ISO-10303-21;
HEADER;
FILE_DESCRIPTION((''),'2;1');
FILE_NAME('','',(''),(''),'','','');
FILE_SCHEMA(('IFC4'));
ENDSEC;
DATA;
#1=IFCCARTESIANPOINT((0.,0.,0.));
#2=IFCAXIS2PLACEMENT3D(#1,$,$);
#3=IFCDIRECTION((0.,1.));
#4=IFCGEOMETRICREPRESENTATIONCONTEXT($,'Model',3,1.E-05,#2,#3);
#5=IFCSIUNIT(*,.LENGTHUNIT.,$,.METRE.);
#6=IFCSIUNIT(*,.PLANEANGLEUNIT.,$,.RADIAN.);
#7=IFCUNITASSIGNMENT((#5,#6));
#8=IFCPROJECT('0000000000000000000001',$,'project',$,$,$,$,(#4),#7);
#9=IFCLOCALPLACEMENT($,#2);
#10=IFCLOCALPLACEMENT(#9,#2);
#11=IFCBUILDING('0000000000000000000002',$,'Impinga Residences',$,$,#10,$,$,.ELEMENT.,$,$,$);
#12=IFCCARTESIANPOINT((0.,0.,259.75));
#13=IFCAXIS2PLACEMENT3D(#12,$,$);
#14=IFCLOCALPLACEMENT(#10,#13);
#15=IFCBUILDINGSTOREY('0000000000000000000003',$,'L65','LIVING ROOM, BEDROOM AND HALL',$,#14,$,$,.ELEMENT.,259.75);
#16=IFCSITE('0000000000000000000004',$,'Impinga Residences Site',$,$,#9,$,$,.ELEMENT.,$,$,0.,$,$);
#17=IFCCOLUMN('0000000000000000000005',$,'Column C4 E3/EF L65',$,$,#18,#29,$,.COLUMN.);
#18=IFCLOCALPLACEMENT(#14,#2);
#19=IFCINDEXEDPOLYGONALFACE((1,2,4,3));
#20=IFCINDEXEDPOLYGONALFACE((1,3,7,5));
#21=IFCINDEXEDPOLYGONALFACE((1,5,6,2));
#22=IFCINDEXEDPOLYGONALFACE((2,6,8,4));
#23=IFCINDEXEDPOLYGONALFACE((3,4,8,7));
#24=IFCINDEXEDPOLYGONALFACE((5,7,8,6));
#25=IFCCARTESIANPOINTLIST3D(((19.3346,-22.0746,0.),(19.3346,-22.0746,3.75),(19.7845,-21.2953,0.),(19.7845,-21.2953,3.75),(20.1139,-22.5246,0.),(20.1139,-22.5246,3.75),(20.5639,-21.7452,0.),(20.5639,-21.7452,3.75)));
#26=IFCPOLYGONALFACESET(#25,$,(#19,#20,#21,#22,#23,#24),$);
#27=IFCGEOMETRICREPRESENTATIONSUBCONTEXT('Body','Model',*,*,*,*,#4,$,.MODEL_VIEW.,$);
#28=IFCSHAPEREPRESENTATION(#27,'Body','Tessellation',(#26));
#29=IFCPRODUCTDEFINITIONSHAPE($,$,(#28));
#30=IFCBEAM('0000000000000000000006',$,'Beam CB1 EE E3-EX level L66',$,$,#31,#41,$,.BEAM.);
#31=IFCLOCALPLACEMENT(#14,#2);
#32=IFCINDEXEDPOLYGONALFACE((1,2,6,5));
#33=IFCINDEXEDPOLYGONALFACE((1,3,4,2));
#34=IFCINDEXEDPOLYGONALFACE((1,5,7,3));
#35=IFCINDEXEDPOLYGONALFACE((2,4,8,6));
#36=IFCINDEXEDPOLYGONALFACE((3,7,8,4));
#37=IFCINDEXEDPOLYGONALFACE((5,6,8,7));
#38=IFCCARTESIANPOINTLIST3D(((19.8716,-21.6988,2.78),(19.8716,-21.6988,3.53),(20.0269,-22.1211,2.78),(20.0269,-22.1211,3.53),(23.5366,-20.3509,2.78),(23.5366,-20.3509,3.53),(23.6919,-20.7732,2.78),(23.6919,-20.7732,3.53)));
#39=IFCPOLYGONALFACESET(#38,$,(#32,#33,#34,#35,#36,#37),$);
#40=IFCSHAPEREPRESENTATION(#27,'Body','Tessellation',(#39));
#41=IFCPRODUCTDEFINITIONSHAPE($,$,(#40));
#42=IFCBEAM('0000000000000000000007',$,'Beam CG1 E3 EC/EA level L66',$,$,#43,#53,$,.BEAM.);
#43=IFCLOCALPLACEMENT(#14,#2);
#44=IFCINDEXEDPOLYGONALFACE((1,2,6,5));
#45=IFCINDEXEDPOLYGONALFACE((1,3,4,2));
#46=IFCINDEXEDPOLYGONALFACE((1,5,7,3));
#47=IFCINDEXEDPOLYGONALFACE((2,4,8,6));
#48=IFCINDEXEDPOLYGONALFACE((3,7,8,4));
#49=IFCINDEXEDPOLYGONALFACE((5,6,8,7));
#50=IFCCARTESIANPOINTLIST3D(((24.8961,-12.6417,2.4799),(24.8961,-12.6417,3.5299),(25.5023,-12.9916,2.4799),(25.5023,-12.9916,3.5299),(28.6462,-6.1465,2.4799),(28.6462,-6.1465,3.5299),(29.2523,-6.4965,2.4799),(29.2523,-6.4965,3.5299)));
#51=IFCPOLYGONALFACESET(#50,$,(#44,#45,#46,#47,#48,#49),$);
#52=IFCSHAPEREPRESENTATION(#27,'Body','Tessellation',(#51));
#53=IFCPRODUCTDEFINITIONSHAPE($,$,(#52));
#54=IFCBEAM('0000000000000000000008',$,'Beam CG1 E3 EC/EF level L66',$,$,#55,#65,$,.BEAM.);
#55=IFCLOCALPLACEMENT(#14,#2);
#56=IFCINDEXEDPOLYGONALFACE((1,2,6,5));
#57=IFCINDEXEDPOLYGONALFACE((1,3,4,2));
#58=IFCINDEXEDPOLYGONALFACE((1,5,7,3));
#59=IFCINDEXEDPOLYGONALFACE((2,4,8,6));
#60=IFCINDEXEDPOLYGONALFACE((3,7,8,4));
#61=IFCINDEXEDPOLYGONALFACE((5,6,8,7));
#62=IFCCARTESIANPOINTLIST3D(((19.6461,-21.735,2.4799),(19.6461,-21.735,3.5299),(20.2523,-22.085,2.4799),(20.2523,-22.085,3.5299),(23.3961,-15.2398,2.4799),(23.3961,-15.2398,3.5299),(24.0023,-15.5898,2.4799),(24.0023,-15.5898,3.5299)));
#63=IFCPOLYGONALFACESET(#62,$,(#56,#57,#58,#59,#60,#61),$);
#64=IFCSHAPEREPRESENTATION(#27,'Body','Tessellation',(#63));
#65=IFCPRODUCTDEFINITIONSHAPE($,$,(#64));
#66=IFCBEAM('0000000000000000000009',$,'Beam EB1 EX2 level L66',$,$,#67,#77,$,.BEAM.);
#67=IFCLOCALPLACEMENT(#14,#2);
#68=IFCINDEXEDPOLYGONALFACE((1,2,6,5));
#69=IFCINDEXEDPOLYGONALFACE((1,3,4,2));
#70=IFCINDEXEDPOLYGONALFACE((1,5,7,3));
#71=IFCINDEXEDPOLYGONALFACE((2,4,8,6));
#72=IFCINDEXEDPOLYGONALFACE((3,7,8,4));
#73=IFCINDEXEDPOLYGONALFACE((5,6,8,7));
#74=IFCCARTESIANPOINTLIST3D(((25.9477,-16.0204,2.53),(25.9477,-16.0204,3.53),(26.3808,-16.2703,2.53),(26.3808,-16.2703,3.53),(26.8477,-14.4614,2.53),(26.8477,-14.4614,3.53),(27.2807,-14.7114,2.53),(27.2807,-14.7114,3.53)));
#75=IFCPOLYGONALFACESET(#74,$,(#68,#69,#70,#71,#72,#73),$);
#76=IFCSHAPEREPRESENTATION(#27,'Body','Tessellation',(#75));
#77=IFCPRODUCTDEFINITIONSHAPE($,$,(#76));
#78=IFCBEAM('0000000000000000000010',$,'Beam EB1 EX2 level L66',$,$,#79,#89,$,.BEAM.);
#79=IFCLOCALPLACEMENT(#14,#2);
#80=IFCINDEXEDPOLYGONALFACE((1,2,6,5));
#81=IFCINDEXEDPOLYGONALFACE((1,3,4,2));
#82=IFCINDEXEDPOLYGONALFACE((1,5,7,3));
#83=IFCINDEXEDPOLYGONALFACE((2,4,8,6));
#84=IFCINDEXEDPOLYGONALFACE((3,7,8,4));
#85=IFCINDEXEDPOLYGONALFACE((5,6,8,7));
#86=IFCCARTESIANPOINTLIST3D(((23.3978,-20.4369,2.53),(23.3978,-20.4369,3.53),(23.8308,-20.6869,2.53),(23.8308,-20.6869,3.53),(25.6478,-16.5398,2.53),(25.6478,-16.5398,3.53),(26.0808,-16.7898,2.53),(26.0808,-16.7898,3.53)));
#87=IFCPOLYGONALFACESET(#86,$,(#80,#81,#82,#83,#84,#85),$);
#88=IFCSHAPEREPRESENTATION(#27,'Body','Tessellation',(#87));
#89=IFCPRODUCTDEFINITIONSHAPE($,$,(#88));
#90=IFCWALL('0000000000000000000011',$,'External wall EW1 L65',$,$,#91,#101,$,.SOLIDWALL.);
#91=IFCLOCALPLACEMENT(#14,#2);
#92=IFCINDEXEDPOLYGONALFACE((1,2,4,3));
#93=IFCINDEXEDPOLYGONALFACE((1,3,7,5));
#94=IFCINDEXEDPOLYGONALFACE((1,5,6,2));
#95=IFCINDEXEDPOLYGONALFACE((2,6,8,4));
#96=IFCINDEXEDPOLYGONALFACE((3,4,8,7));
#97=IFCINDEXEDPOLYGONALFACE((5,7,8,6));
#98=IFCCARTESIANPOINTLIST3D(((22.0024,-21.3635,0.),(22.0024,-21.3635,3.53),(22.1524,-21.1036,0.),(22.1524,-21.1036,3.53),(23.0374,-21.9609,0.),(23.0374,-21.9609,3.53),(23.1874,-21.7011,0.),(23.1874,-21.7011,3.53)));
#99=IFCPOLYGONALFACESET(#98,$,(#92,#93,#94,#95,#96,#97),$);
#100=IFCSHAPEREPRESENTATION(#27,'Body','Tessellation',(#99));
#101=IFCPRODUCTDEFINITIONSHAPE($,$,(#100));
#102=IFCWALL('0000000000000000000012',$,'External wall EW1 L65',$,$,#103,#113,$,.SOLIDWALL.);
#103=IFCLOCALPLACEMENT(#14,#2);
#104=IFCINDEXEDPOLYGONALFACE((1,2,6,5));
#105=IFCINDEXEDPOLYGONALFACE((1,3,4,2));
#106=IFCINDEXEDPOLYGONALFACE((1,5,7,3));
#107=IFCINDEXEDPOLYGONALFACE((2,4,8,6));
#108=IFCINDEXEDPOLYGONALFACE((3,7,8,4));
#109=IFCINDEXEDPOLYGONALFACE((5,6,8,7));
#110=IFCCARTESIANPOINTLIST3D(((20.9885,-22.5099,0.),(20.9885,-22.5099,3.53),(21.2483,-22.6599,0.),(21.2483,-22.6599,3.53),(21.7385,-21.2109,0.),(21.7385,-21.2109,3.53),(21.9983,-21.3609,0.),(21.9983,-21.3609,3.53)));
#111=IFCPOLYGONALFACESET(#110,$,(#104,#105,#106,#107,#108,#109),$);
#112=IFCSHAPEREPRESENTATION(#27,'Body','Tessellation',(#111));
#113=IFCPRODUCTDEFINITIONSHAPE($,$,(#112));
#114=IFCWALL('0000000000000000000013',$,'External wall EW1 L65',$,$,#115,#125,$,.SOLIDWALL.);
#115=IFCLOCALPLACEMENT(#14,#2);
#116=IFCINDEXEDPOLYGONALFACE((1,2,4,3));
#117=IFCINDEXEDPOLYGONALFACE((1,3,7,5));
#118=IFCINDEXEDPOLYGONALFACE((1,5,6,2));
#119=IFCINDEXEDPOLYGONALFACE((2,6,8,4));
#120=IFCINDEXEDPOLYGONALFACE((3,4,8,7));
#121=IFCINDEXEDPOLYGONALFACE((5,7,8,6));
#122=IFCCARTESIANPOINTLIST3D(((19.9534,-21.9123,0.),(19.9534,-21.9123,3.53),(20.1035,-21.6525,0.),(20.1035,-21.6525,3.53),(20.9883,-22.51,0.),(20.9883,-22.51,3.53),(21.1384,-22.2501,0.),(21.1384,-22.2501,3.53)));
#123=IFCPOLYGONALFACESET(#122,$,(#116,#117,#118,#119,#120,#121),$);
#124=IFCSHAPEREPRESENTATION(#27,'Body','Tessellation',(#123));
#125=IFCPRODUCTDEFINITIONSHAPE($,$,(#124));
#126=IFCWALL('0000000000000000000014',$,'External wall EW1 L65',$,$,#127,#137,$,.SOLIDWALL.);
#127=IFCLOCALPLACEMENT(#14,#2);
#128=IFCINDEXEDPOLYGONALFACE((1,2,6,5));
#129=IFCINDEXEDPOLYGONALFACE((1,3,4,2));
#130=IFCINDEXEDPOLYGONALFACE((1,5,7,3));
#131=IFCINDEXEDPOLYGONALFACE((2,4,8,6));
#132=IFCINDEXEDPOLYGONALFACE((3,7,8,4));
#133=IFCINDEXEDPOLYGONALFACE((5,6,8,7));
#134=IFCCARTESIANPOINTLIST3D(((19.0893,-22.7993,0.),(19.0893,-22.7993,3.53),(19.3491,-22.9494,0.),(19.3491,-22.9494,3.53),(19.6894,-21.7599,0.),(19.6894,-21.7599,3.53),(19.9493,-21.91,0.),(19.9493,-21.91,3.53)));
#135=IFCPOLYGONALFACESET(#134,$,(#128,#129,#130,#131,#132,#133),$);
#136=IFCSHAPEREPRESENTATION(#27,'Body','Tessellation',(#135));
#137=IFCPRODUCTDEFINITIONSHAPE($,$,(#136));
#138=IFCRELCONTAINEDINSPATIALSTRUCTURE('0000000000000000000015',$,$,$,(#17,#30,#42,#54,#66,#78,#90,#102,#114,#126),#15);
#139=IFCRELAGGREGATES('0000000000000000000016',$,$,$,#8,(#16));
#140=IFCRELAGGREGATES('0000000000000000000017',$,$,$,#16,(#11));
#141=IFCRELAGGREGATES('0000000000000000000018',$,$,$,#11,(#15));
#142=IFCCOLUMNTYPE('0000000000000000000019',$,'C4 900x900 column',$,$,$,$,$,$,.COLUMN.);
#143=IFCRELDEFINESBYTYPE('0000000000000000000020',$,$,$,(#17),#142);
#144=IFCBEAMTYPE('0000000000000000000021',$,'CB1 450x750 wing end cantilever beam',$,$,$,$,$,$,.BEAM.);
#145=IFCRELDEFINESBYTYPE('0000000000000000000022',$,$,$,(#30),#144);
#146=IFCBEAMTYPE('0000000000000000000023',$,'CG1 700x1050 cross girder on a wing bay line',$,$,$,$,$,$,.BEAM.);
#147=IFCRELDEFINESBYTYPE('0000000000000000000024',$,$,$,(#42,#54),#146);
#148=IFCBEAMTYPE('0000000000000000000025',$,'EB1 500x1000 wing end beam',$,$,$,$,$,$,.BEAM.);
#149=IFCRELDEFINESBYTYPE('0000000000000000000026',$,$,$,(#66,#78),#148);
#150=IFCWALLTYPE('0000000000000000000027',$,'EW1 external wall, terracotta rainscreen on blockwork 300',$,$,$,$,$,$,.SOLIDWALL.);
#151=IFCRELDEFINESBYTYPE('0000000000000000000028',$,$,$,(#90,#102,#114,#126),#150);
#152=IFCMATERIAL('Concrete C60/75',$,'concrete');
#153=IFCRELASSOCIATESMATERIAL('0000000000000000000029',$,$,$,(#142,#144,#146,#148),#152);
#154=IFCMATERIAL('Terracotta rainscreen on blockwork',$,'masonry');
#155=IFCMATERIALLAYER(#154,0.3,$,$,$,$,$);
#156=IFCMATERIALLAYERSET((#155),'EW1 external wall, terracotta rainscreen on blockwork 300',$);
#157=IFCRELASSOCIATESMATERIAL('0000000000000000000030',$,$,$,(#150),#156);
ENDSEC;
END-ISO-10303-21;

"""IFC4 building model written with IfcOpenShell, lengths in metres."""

from ifc_helpers import new_model, si_unit, direction, frame, frame_2d, origin, origin_2d, place, context, subcontext, project, spatial, rectangle, extrude, material, layer, layer_set, material_profile, profile_set, type_object, element, save


model = new_model("IFC4")

# Units and contexts
model_context = context("Model", 3, precision=1e-05, world=origin(), true_north=direction((0.0, 1.0)))
body_context = subcontext(model_context, "Body", "Model", "MODEL_VIEW")
ifc_project = project(units=[si_unit("LENGTHUNIT", "METRE"), si_unit("PLANEANGLEUNIT", "RADIAN")], contexts=[model_context])

# Site, building, storey
site_placement = place(None, origin())
site = spatial("IfcSite", under=ifc_project, at=site_placement, Name="Impinga Residences Site", CompositionType="ELEMENT", RefElevation=0.0)
building_placement = place(site_placement, origin())
building = spatial("IfcBuilding", under=site, at=building_placement, Name="Impinga Residences", CompositionType="ELEMENT")
storey_placement = place(building_placement, frame((0.0, 0.0, 259.75)))
storey = spatial("IfcBuildingStorey", under=building, at=storey_placement, Name="L65", Description="LIVING ROOM, BEDROOM AND HALL", CompositionType="ELEMENT", Elevation=259.75)

# Column
ifc_material_1 = material(Name="Concrete C60/75", Category="concrete")
ifc_material_profile_1 = material_profile(ifc_material_1, rectangle(XDim=0.8999, YDim=0.8999, at=origin_2d()), Name="RC 900x900")
ifc_profile_set_1 = profile_set([ifc_material_profile_1], Name="Concrete C60/75")
column_type = type_object("IfcColumnType", Name="C4 900x900 column", PredefinedType="COLUMN", material=ifc_profile_set_1)
column_placement = place(storey_placement, frame((19.9492, -21.9099, 0.0), z_axis=(0.0, 0.0, 1.0), x_axis=(-0.5, -0.866025, 0.0)))
element("IfcColumn", 1, at=column_placement, inside=storey, type_object=column_type, Name="Column C4 E3/EF L65", PredefinedType="COLUMN", context=body_context, shape_type="SweptSolid", body=[
    extrude(rectangle(XDim=0.8999, YDim=0.8999, at=origin_2d()), origin(), (0.0, 0.0, 1.0), 3.75),
])

# Beams
ifc_material_profile_2 = material_profile(ifc_material_1, rectangle(XDim=0.45, YDim=0.75, at=origin_2d()), Name="RC 450x750")
ifc_profile_set_2 = profile_set([ifc_material_profile_2], Name="Concrete C60/75")
beam_type_1 = type_object("IfcBeamType", Name="CB1 450x750 wing end cantilever beam", PredefinedType="BEAM", material=ifc_profile_set_2)
beam_1_placement = place(storey_placement, frame((19.9492, -21.9099, 3.155), z_axis=(0.93854, 0.345169, 0.0), x_axis=(-0.345169, 0.93854, 0.0)))
element("IfcBeam", 2, at=beam_1_placement, inside=storey, type_object=beam_type_1, Name="Beam CB1 EE E3-EX level L66", PredefinedType="BEAM", context=body_context, shape_type="SweptSolid", body=[
    extrude(rectangle(XDim=0.45, YDim=0.75, at=origin_2d()), origin(), (0.0, 0.0, 1.0), 3.905),
])
ifc_material_profile_3 = material_profile(ifc_material_1, rectangle(XDim=0.7, YDim=1.05, at=origin_2d()), Name="RC 700x1050")
ifc_profile_set_3 = profile_set([ifc_material_profile_3], Name="Concrete C60/75")
beam_type_2 = type_object("IfcBeamType", Name="CG1 700x1050 cross girder on a wing bay line", PredefinedType="BEAM", material=ifc_profile_set_3)
for number, where, z_axis, x_axis, name in (
    (3, (25.1992, -12.8167, 3.0049), (0.500004, 0.866023, 0.0), (-0.866023, 0.500004, 0.0), "Beam CG1 E3 EC/EA level L66"),
    (4, (23.6992, -15.4148, 3.0049), (-0.500004, -0.866023, 0.0), (0.866023, -0.500004, 0.0), "Beam CG1 E3 EC/EF level L66"),
):
    element("IfcBeam", number, at=place(storey_placement, frame(where, z_axis=z_axis, x_axis=x_axis)), inside=storey, type_object=beam_type_2, Name=name, PredefinedType="BEAM", context=body_context, shape_type="SweptSolid", body=[
        extrude(rectangle(XDim=0.7, YDim=1.05, at=origin_2d()), origin(), (0.0, 0.0, 1.0), 7.5),
    ])
ifc_material_profile_4 = material_profile(ifc_material_1, rectangle(XDim=0.5, YDim=1.0, at=origin_2d()), Name="RC 500x1000")
ifc_profile_set_4 = profile_set([ifc_material_profile_4], Name="Concrete C60/75")
beam_type_3 = type_object("IfcBeamType", Name="EB1 500x1000 wing end beam", PredefinedType="BEAM", material=ifc_profile_set_4)
beam_2_placement = place(storey_placement, frame((27.0642, -14.5864, 3.03), z_axis=(-0.499961, -0.866048, 0.0), x_axis=(0.866048, -0.499961, 0.0)))
element("IfcBeam", 5, at=beam_2_placement, inside=storey, type_object=beam_type_3, Name="Beam EB1 EX2 level L66", PredefinedType="BEAM", context=body_context, shape_type="SweptSolid", body=[
    extrude(rectangle(XDim=0.5, YDim=1.0, at=origin_2d()), origin(), (0.0, 0.0, 1.0), 1.8),
])
beam_3_placement = place(storey_placement, frame((25.8643, -16.6648, 3.03), z_axis=(-0.49999, -0.866031, 0.0), x_axis=(0.866031, -0.49999, 0.0)))
element("IfcBeam", 6, at=beam_3_placement, inside=storey, type_object=beam_type_3, Name="Beam EB1 EX2 level L66", PredefinedType="BEAM", context=body_context, shape_type="SweptSolid", body=[
    extrude(rectangle(XDim=0.5, YDim=1.0, at=origin_2d()), origin(), (0.0, 0.0, 1.0), 4.5),
])

# Walls
ifc_material_2 = material(Name="Terracotta rainscreen on blockwork", Category="masonry")
ifc_layer_1 = layer(ifc_material_2, 0.3)
ifc_layer_set_1 = layer_set([ifc_layer_1], Name="EW1 external wall, terracotta rainscreen on blockwork 300")
wall_type_1 = type_object("IfcWallType", Name="EW1 external wall, terracotta rainscreen on blockwork 300", PredefinedType="SOLIDWALL", material=ifc_layer_set_1)
wall_1_placement = place(storey_placement, frame((23.1125, -21.8311, 0.0), z_axis=(0.0, 0.0, 1.0), x_axis=(-0.86606, 0.499941, 0.0)))
element("IfcWall", 7, at=wall_1_placement, inside=storey, type_object=wall_type_1, Name="External wall EW1 L65", PredefinedType="SOLIDWALL", context=body_context, shape_type="SweptSolid", body=[
    extrude(rectangle(XDim=1.1951, YDim=0.3, at=frame_2d((0.5977, 0.0))), origin(), (0.0, 0.0, 1.0), 3.53),
])
wall_2_placement = place(storey_placement, frame((21.8684, -21.2859, 0.0), z_axis=(0.0, 0.0, 1.0), x_axis=(-0.49999, -0.866031, 0.0)))
element("IfcWall", 8, at=wall_2_placement, inside=storey, type_object=wall_type_1, Name="External wall EW1 L65", PredefinedType="SOLIDWALL", context=body_context, shape_type="SweptSolid", body=[
    extrude(rectangle(XDim=1.5, YDim=0.3, at=frame_2d((0.75, 0.0))), origin(), (0.0, 0.0, 1.0), 3.53),
])
wall_3_placement = place(storey_placement, frame((21.0635, -22.3801, 0.0), z_axis=(0.0, 0.0, 1.0), x_axis=(-0.865971, 0.500094, 0.0)))
element("IfcWall", 9, at=wall_3_placement, inside=storey, type_object=wall_type_1, Name="External wall EW1 L65", PredefinedType="SOLIDWALL", context=body_context, shape_type="SweptSolid", body=[
    extrude(rectangle(XDim=1.1951, YDim=0.3, at=frame_2d((0.5977, 0.0))), origin(), (0.0, 0.0, 1.0), 3.53),
])
wall_4_placement = place(storey_placement, frame((19.8193, -21.835, 0.0), z_axis=(0.0, 0.0, 1.0), x_axis=(-0.500034, -0.866006, 0.0)))
element("IfcWall", 10, at=wall_4_placement, inside=storey, type_object=wall_type_1, Name="External wall EW1 L65", PredefinedType="SOLIDWALL", context=body_context, shape_type="SweptSolid", body=[
    extrude(rectangle(XDim=1.2002, YDim=0.3, at=frame_2d((0.6001, 0.0))), origin(), (0.0, 0.0, 1.0), 3.53),
])

save(model, "model.ifc")
